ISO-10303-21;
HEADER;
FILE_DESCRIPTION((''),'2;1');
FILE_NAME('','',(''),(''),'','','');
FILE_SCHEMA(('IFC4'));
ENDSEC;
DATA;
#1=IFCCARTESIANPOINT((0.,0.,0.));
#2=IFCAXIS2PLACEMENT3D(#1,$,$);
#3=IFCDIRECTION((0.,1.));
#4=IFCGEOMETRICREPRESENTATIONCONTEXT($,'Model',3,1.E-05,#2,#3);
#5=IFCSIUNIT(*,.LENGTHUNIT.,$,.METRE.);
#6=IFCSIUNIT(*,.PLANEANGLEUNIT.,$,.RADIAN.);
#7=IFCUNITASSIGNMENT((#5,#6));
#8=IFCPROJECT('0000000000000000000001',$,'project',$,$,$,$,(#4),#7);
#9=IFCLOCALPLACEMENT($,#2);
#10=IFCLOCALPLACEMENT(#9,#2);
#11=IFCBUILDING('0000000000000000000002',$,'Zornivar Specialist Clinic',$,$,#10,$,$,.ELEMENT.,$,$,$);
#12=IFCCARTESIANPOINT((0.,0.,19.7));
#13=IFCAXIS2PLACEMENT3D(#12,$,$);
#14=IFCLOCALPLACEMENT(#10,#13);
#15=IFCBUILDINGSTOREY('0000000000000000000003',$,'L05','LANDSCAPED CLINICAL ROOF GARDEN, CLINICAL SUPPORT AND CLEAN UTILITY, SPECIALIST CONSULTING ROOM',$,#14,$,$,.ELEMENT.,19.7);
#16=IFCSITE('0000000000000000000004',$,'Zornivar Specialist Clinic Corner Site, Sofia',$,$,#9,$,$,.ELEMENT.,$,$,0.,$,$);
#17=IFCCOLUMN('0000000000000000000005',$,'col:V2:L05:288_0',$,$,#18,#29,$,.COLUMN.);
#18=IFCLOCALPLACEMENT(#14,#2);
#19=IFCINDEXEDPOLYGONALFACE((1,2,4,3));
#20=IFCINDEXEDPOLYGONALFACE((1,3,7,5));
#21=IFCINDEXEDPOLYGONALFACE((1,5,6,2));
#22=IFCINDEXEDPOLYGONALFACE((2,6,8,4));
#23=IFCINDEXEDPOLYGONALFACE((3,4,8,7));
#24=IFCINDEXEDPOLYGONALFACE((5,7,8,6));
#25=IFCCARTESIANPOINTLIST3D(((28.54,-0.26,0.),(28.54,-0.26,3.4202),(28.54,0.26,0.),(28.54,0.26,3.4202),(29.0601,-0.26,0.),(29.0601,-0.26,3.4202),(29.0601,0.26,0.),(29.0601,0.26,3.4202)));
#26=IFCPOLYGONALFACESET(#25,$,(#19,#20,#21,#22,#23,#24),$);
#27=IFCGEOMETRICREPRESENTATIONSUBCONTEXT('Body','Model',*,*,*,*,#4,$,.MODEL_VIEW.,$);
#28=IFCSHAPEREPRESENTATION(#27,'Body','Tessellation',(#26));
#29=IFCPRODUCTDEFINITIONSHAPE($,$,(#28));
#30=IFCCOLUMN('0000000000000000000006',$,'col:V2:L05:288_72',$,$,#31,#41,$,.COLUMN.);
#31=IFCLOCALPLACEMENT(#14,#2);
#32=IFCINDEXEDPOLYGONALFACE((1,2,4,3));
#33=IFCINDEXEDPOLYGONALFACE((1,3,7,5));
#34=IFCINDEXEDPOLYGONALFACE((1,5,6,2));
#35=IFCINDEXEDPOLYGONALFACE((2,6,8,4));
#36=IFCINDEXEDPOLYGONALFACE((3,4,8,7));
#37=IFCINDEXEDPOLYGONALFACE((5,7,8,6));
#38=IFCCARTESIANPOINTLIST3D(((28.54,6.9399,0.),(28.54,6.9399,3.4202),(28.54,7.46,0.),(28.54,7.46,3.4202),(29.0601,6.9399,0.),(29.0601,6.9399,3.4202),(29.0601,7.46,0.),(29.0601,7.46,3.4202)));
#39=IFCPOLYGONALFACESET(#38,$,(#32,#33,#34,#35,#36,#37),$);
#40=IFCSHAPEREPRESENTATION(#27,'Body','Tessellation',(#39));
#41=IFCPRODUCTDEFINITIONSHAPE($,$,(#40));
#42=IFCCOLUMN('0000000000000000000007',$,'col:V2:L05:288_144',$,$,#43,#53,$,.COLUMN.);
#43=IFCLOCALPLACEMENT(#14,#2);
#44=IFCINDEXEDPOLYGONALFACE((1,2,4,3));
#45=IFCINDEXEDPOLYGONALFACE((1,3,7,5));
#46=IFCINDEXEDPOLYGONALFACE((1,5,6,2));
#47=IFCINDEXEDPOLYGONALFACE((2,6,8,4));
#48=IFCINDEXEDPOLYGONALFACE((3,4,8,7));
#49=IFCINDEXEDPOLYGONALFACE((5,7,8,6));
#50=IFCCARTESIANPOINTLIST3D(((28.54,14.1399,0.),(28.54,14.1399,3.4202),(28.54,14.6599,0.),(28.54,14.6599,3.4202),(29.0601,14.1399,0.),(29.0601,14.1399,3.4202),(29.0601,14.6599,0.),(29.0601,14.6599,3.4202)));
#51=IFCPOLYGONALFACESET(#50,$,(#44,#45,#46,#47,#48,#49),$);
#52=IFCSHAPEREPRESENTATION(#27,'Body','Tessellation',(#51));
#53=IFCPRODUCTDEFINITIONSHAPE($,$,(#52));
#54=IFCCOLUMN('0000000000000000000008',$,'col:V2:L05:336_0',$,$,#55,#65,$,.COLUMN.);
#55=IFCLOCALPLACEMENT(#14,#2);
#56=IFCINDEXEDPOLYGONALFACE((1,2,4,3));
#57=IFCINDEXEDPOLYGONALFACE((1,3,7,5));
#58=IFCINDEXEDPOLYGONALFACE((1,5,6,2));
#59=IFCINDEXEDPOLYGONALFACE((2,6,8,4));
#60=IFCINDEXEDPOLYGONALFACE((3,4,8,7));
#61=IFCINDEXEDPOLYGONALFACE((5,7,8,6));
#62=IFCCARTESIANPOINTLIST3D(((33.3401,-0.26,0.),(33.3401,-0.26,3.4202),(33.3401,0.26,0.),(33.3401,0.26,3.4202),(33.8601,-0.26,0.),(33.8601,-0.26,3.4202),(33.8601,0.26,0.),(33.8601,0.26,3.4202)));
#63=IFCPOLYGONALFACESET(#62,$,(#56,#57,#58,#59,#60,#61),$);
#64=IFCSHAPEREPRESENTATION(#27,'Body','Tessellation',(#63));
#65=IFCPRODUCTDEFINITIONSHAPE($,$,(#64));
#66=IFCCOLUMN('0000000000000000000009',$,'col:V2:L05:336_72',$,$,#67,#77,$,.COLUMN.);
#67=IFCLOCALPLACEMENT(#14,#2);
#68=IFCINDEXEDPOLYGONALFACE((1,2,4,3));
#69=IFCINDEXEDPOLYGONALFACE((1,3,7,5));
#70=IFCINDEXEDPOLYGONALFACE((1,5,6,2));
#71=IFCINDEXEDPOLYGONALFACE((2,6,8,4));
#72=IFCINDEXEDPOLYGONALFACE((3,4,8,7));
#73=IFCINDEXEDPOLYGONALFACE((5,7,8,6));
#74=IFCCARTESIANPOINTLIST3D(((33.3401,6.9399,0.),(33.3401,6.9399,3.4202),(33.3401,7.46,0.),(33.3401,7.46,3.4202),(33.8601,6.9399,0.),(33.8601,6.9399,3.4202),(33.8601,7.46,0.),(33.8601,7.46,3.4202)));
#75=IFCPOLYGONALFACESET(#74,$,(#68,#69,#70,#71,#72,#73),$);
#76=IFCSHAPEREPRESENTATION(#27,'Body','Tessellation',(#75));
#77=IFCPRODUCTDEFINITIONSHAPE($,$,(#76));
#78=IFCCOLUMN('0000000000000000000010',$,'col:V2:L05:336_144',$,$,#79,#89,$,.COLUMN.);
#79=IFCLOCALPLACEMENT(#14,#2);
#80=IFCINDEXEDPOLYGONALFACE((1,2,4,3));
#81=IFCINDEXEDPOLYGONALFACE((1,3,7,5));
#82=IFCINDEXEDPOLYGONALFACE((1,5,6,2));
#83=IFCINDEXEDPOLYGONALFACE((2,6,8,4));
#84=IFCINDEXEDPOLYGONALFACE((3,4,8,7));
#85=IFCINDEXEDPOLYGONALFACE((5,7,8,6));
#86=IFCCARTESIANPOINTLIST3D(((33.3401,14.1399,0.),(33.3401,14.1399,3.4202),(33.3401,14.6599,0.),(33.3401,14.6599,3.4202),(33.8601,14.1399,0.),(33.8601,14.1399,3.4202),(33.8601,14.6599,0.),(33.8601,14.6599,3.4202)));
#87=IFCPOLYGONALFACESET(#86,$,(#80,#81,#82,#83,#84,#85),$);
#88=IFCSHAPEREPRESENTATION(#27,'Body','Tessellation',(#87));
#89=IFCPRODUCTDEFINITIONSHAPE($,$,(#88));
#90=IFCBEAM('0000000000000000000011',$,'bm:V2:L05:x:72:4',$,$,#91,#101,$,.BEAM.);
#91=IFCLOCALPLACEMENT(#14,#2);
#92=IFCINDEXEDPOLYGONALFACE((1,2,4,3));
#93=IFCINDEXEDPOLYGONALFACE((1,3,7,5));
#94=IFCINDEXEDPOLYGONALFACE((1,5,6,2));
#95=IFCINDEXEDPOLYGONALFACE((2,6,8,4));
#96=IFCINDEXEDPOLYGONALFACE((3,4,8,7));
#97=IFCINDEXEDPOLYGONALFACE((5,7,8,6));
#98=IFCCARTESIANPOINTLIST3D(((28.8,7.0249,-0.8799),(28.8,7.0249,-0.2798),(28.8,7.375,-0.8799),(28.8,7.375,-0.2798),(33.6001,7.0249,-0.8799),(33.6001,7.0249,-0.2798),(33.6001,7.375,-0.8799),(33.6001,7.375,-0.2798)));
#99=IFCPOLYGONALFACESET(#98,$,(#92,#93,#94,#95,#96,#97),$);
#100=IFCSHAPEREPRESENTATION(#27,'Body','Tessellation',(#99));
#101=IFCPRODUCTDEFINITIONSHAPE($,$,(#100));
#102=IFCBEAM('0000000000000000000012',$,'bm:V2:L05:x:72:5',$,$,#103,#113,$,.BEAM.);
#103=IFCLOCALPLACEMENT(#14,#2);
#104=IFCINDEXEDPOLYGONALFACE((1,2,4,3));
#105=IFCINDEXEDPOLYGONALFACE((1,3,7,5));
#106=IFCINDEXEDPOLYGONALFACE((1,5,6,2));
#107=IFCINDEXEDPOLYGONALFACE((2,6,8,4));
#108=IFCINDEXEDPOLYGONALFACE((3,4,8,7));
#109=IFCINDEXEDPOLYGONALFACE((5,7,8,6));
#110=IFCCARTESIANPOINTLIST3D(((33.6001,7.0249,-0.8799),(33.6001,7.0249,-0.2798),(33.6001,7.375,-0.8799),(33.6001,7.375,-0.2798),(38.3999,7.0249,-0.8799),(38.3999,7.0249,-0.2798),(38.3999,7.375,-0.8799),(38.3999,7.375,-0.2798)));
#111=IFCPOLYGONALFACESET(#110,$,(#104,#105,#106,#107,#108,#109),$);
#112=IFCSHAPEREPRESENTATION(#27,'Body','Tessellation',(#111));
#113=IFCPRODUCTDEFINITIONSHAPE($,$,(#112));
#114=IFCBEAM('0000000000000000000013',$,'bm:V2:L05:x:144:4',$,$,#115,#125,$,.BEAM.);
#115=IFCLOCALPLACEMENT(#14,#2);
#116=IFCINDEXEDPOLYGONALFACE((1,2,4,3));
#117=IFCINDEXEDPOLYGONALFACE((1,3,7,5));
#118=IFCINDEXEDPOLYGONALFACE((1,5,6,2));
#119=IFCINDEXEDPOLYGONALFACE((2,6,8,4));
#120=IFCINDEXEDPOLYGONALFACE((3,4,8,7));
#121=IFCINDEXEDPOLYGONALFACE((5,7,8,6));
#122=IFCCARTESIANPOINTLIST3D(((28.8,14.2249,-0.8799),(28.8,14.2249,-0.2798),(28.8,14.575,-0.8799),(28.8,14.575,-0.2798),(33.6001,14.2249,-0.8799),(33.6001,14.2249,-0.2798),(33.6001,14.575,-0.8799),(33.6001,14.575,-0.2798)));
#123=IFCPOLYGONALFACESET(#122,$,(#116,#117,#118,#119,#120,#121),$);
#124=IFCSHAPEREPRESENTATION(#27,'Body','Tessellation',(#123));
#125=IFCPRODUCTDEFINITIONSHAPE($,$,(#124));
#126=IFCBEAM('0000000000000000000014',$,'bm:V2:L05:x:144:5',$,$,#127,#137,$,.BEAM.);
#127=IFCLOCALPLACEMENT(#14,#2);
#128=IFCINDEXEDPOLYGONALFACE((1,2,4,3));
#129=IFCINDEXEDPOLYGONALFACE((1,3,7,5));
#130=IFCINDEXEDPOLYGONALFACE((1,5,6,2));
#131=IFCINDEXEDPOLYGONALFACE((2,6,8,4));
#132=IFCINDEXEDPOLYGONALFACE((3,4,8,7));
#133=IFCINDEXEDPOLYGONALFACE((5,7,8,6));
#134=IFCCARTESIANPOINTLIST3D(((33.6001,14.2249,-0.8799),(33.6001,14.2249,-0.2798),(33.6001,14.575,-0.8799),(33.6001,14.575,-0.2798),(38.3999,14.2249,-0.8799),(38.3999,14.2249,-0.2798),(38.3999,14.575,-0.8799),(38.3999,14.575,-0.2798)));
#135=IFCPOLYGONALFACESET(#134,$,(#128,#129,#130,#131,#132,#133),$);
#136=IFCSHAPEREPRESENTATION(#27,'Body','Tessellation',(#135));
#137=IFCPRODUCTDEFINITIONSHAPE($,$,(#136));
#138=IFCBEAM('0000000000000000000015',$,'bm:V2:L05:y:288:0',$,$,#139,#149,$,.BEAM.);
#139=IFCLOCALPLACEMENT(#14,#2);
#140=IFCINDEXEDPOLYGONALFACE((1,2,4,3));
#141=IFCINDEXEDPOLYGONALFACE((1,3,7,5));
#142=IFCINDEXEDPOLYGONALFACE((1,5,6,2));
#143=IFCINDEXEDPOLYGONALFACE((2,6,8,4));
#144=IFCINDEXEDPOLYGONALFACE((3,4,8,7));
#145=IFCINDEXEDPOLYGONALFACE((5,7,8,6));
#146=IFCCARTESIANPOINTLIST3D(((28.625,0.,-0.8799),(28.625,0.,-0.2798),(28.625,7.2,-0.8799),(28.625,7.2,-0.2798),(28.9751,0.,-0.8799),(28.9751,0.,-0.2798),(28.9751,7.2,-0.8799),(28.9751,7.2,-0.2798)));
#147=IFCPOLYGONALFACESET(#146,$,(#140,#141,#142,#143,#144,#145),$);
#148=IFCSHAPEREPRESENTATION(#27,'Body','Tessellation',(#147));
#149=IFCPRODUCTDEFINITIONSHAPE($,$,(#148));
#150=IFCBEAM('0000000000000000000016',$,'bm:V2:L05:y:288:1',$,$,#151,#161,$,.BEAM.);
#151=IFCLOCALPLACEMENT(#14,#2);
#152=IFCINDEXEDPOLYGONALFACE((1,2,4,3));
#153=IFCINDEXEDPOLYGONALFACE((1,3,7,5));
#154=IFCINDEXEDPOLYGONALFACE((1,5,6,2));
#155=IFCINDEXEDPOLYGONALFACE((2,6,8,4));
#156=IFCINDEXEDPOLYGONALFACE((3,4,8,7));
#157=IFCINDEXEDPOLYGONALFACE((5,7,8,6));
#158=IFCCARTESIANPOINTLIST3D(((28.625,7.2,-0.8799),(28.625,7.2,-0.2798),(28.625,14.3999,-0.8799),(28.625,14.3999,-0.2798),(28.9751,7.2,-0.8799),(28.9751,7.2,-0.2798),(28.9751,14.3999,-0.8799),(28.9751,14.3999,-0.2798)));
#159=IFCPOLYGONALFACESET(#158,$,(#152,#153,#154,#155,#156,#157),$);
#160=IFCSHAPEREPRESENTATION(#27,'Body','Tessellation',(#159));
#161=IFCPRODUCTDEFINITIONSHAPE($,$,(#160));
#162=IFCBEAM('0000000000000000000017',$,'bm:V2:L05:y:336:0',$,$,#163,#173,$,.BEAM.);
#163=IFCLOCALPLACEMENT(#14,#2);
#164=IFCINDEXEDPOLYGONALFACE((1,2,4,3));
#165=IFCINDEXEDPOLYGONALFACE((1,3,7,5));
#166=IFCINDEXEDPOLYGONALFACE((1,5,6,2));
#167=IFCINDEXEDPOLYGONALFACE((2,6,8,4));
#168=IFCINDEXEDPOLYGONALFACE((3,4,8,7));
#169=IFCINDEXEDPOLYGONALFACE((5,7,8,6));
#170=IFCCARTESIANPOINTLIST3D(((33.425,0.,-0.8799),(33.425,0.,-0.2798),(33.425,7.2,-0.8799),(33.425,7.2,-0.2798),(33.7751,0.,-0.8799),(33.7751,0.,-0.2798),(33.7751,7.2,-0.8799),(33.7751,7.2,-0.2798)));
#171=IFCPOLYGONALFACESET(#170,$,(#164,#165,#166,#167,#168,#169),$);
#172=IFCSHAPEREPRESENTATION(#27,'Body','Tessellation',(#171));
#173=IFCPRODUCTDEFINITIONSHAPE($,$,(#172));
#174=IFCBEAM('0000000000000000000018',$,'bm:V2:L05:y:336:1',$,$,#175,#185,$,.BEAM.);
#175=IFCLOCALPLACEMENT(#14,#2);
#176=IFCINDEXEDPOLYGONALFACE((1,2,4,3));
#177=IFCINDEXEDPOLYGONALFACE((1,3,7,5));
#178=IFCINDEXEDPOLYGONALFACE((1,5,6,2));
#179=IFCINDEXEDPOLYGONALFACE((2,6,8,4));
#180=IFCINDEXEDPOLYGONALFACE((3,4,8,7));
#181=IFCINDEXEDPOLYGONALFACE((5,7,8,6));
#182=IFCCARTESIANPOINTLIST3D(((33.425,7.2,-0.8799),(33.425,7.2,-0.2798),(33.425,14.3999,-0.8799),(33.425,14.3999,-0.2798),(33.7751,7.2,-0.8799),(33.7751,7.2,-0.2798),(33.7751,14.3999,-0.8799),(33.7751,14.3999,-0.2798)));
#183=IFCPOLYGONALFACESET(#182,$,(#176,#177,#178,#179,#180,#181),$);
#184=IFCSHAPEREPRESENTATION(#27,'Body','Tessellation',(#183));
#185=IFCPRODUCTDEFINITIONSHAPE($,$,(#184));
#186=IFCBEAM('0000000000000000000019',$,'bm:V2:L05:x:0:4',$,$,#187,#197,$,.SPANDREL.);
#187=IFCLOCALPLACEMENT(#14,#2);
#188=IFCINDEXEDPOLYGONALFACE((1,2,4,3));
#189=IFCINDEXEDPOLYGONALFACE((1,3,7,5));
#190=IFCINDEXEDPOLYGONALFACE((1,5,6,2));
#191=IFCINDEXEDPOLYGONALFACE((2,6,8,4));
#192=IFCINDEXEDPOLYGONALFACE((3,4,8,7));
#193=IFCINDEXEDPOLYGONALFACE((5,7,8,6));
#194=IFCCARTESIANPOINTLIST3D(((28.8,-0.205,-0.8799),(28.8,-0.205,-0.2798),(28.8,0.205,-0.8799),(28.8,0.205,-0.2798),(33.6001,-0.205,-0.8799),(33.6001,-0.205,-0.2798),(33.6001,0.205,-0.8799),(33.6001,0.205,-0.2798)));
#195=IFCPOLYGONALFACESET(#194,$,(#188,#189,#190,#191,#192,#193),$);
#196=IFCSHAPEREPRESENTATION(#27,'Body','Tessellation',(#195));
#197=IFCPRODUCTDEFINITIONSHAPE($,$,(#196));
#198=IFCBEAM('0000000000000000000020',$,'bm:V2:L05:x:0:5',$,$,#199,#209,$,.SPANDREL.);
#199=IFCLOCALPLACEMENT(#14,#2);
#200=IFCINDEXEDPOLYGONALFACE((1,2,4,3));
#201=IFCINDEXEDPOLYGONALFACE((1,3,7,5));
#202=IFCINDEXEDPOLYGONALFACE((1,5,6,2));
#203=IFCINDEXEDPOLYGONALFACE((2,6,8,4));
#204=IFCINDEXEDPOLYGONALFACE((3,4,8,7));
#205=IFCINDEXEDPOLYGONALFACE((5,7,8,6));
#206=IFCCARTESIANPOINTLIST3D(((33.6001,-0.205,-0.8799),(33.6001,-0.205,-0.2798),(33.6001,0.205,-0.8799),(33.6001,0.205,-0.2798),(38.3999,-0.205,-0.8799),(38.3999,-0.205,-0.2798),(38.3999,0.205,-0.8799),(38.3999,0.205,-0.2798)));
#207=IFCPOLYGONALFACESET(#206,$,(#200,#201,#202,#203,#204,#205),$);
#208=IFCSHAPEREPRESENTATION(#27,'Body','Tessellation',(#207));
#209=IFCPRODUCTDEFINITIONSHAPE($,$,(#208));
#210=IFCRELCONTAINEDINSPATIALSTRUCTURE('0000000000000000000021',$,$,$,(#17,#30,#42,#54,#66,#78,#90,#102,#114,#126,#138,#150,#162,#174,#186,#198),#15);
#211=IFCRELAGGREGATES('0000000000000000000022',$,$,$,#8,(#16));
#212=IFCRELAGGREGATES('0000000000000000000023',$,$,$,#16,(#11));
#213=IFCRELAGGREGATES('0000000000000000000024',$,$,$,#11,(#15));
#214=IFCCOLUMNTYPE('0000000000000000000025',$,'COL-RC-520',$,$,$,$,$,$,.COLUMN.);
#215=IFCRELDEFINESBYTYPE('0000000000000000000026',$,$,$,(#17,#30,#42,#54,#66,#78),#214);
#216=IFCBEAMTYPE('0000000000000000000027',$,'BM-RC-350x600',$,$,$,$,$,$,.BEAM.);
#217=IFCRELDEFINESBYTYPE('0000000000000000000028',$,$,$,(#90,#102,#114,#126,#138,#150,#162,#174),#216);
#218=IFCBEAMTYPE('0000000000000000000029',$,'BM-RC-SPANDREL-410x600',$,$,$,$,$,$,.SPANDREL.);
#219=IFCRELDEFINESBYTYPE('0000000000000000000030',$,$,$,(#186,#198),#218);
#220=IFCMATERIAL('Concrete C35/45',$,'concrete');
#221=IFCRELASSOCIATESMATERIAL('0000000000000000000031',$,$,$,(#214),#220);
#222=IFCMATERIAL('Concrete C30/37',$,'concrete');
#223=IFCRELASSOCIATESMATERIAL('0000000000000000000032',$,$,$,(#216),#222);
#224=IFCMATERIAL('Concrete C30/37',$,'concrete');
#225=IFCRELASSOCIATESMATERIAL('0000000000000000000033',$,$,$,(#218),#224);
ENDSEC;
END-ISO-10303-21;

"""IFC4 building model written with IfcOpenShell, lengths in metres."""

from ifc_helpers import new_model, si_unit, direction, frame, origin, origin_2d, place, context, subcontext, project, spatial, rectangle, extrude, material, material_profile, profile_set, type_object, element, save


model = new_model("IFC4")

# Units and contexts
model_context = context("Model", 3, precision=1e-05, world=origin(), true_north=direction((0.0, 1.0)))
body_context = subcontext(model_context, "Body", "Model", "MODEL_VIEW")
ifc_project = project(units=[si_unit("LENGTHUNIT", "METRE"), si_unit("PLANEANGLEUNIT", "RADIAN")], contexts=[model_context])

# Site, building, storey
site_placement = place(None, origin())
site = spatial("IfcSite", under=ifc_project, at=site_placement, Name="Zornivar Specialist Clinic Corner Site, Sofia", CompositionType="ELEMENT", RefElevation=0.0)
building_placement = place(site_placement, origin())
building = spatial("IfcBuilding", under=site, at=building_placement, Name="Zornivar Specialist Clinic", CompositionType="ELEMENT")
storey_placement = place(building_placement, frame((0.0, 0.0, 19.7)))
storey = spatial("IfcBuildingStorey", under=building, at=storey_placement, Name="L05", Description="LANDSCAPED CLINICAL ROOF GARDEN, CLINICAL SUPPORT AND CLEAN UTILITY, SPECIALIST CONSULTING ROOM", CompositionType="ELEMENT", Elevation=19.7)

# Columns
ifc_material_1 = material(Name="Concrete C35/45", Category="concrete")
ifc_material_profile_1 = material_profile(ifc_material_1, rectangle(XDim=0.52, YDim=0.52, at=origin_2d()), Name="RC 520x520")
ifc_profile_set_1 = profile_set([ifc_material_profile_1], Name="Concrete C35/45")
column_type = type_object("IfcColumnType", Name="COL-RC-520", PredefinedType="COLUMN", material=ifc_profile_set_1)
for number, where, z_axis, x_axis, name in (
    (1, (28.8, 0.0, 0.0), (0.0, 0.0, 1.0), (1.0, 0.0, 0.0), "col:V2:L05:288_0"),
    (2, (28.8, 7.2, 0.0), (0.0, 0.0, 1.0), (1.0, 0.0, 0.0), "col:V2:L05:288_72"),
    (3, (28.8, 14.3999, 0.0), (0.0, 0.0, 1.0), (1.0, 0.0, 0.0), "col:V2:L05:288_144"),
    (4, (33.6001, 0.0, 0.0), (0.0, 0.0, 1.0), (1.0, 0.0, 0.0), "col:V2:L05:336_0"),
    (5, (33.6001, 7.2, 0.0), (0.0, 0.0, 1.0), (1.0, 0.0, 0.0), "col:V2:L05:336_72"),
    (6, (33.6001, 14.3999, 0.0), (0.0, 0.0, 1.0), (1.0, 0.0, 0.0), "col:V2:L05:336_144"),
):
    element("IfcColumn", number, at=place(storey_placement, frame(where, z_axis=z_axis, x_axis=x_axis)), inside=storey, type_object=column_type, Name=name, PredefinedType="COLUMN", context=body_context, shape_type="SweptSolid", body=[
        extrude(rectangle(XDim=0.52, YDim=0.52, at=origin_2d()), origin(), (0.0, 0.0, 1.0), 3.4202),
    ])

# Beams
ifc_material_2 = material(Name="Concrete C30/37", Category="concrete")
ifc_material_profile_2 = material_profile(ifc_material_2, rectangle(XDim=0.3501, YDim=0.6001, at=origin_2d()), Name="RC 350x600")
ifc_profile_set_2 = profile_set([ifc_material_profile_2], Name="Concrete C30/37")
beam_type_1 = type_object("IfcBeamType", Name="BM-RC-350x600", PredefinedType="BEAM", material=ifc_profile_set_2)
beam_1_placement = place(storey_placement, frame((28.8, 7.2, -0.5798), z_axis=(1.0, 0.0, 0.0), x_axis=(0.0, 1.0, 0.0)))
element("IfcBeam", 7, at=beam_1_placement, inside=storey, type_object=beam_type_1, Name="bm:V2:L05:x:72:4", PredefinedType="BEAM", context=body_context, shape_type="SweptSolid", body=[
    extrude(rectangle(XDim=0.3501, YDim=0.6001, at=origin_2d()), origin(), (0.0, 0.0, 1.0), 4.8),
])
beam_2_placement = place(storey_placement, frame((33.6001, 7.2, -0.5798), z_axis=(1.0, 0.0, 0.0), x_axis=(0.0, 1.0, 0.0)))
element("IfcBeam", 8, at=beam_2_placement, inside=storey, type_object=beam_type_1, Name="bm:V2:L05:x:72:5", PredefinedType="BEAM", context=body_context, shape_type="SweptSolid", body=[
    extrude(rectangle(XDim=0.3501, YDim=0.6001, at=origin_2d()), origin(), (0.0, 0.0, 1.0), 4.7998),
])
beam_3_placement = place(storey_placement, frame((28.8, 14.3999, -0.5798), z_axis=(1.0, 0.0, 0.0), x_axis=(0.0, 1.0, 0.0)))
element("IfcBeam", 9, at=beam_3_placement, inside=storey, type_object=beam_type_1, Name="bm:V2:L05:x:144:4", PredefinedType="BEAM", context=body_context, shape_type="SweptSolid", body=[
    extrude(rectangle(XDim=0.3501, YDim=0.6001, at=origin_2d()), origin(), (0.0, 0.0, 1.0), 4.8),
])
beam_4_placement = place(storey_placement, frame((33.6001, 14.3999, -0.5798), z_axis=(1.0, 0.0, 0.0), x_axis=(0.0, 1.0, 0.0)))
element("IfcBeam", 10, at=beam_4_placement, inside=storey, type_object=beam_type_1, Name="bm:V2:L05:x:144:5", PredefinedType="BEAM", context=body_context, shape_type="SweptSolid", body=[
    extrude(rectangle(XDim=0.3501, YDim=0.6001, at=origin_2d()), origin(), (0.0, 0.0, 1.0), 4.7998),
])
for number, where, z_axis, x_axis, name in (
    (11, (28.8, 0.0, -0.5798), (0.0, 1.0, 0.0), (-1.0, 0.0, 0.0), "bm:V2:L05:y:288:0"),
    (12, (28.8, 7.2, -0.5798), (0.0, 1.0, 0.0), (-1.0, 0.0, 0.0), "bm:V2:L05:y:288:1"),
    (13, (33.6001, 0.0, -0.5798), (0.0, 1.0, 0.0), (-1.0, 0.0, 0.0), "bm:V2:L05:y:336:0"),
    (14, (33.6001, 7.2, -0.5798), (0.0, 1.0, 0.0), (-1.0, 0.0, 0.0), "bm:V2:L05:y:336:1"),
):
    element("IfcBeam", number, at=place(storey_placement, frame(where, z_axis=z_axis, x_axis=x_axis)), inside=storey, type_object=beam_type_1, Name=name, PredefinedType="BEAM", context=body_context, shape_type="SweptSolid", body=[
        extrude(rectangle(XDim=0.3501, YDim=0.6001, at=origin_2d()), origin(), (0.0, 0.0, 1.0), 7.2),
    ])
ifc_material_3 = material(Name="Concrete C30/37", Category="concrete")
ifc_material_profile_3 = material_profile(ifc_material_3, rectangle(XDim=0.4099, YDim=0.6001, at=origin_2d()), Name="RC 410x600")
ifc_profile_set_3 = profile_set([ifc_material_profile_3], Name="Concrete C30/37")
beam_type_2 = type_object("IfcBeamType", Name="BM-RC-SPANDREL-410x600", PredefinedType="SPANDREL", material=ifc_profile_set_3)
beam_5_placement = place(storey_placement, frame((28.8, 0.0, -0.5798), z_axis=(1.0, 0.0, 0.0), x_axis=(0.0, 1.0, 0.0)))
element("IfcBeam", 15, at=beam_5_placement, inside=storey, type_object=beam_type_2, Name="bm:V2:L05:x:0:4", PredefinedType="SPANDREL", context=body_context, shape_type="SweptSolid", body=[
    extrude(rectangle(XDim=0.4099, YDim=0.6001, at=origin_2d()), origin(), (0.0, 0.0, 1.0), 4.8),
])
beam_6_placement = place(storey_placement, frame((33.6001, 0.0, -0.5798), z_axis=(1.0, 0.0, 0.0), x_axis=(0.0, 1.0, 0.0)))
element("IfcBeam", 16, at=beam_6_placement, inside=storey, type_object=beam_type_2, Name="bm:V2:L05:x:0:5", PredefinedType="SPANDREL", context=body_context, shape_type="SweptSolid", body=[
    extrude(rectangle(XDim=0.4099, YDim=0.6001, at=origin_2d()), origin(), (0.0, 0.0, 1.0), 4.7998),
])

save(model, "model.ifc")
